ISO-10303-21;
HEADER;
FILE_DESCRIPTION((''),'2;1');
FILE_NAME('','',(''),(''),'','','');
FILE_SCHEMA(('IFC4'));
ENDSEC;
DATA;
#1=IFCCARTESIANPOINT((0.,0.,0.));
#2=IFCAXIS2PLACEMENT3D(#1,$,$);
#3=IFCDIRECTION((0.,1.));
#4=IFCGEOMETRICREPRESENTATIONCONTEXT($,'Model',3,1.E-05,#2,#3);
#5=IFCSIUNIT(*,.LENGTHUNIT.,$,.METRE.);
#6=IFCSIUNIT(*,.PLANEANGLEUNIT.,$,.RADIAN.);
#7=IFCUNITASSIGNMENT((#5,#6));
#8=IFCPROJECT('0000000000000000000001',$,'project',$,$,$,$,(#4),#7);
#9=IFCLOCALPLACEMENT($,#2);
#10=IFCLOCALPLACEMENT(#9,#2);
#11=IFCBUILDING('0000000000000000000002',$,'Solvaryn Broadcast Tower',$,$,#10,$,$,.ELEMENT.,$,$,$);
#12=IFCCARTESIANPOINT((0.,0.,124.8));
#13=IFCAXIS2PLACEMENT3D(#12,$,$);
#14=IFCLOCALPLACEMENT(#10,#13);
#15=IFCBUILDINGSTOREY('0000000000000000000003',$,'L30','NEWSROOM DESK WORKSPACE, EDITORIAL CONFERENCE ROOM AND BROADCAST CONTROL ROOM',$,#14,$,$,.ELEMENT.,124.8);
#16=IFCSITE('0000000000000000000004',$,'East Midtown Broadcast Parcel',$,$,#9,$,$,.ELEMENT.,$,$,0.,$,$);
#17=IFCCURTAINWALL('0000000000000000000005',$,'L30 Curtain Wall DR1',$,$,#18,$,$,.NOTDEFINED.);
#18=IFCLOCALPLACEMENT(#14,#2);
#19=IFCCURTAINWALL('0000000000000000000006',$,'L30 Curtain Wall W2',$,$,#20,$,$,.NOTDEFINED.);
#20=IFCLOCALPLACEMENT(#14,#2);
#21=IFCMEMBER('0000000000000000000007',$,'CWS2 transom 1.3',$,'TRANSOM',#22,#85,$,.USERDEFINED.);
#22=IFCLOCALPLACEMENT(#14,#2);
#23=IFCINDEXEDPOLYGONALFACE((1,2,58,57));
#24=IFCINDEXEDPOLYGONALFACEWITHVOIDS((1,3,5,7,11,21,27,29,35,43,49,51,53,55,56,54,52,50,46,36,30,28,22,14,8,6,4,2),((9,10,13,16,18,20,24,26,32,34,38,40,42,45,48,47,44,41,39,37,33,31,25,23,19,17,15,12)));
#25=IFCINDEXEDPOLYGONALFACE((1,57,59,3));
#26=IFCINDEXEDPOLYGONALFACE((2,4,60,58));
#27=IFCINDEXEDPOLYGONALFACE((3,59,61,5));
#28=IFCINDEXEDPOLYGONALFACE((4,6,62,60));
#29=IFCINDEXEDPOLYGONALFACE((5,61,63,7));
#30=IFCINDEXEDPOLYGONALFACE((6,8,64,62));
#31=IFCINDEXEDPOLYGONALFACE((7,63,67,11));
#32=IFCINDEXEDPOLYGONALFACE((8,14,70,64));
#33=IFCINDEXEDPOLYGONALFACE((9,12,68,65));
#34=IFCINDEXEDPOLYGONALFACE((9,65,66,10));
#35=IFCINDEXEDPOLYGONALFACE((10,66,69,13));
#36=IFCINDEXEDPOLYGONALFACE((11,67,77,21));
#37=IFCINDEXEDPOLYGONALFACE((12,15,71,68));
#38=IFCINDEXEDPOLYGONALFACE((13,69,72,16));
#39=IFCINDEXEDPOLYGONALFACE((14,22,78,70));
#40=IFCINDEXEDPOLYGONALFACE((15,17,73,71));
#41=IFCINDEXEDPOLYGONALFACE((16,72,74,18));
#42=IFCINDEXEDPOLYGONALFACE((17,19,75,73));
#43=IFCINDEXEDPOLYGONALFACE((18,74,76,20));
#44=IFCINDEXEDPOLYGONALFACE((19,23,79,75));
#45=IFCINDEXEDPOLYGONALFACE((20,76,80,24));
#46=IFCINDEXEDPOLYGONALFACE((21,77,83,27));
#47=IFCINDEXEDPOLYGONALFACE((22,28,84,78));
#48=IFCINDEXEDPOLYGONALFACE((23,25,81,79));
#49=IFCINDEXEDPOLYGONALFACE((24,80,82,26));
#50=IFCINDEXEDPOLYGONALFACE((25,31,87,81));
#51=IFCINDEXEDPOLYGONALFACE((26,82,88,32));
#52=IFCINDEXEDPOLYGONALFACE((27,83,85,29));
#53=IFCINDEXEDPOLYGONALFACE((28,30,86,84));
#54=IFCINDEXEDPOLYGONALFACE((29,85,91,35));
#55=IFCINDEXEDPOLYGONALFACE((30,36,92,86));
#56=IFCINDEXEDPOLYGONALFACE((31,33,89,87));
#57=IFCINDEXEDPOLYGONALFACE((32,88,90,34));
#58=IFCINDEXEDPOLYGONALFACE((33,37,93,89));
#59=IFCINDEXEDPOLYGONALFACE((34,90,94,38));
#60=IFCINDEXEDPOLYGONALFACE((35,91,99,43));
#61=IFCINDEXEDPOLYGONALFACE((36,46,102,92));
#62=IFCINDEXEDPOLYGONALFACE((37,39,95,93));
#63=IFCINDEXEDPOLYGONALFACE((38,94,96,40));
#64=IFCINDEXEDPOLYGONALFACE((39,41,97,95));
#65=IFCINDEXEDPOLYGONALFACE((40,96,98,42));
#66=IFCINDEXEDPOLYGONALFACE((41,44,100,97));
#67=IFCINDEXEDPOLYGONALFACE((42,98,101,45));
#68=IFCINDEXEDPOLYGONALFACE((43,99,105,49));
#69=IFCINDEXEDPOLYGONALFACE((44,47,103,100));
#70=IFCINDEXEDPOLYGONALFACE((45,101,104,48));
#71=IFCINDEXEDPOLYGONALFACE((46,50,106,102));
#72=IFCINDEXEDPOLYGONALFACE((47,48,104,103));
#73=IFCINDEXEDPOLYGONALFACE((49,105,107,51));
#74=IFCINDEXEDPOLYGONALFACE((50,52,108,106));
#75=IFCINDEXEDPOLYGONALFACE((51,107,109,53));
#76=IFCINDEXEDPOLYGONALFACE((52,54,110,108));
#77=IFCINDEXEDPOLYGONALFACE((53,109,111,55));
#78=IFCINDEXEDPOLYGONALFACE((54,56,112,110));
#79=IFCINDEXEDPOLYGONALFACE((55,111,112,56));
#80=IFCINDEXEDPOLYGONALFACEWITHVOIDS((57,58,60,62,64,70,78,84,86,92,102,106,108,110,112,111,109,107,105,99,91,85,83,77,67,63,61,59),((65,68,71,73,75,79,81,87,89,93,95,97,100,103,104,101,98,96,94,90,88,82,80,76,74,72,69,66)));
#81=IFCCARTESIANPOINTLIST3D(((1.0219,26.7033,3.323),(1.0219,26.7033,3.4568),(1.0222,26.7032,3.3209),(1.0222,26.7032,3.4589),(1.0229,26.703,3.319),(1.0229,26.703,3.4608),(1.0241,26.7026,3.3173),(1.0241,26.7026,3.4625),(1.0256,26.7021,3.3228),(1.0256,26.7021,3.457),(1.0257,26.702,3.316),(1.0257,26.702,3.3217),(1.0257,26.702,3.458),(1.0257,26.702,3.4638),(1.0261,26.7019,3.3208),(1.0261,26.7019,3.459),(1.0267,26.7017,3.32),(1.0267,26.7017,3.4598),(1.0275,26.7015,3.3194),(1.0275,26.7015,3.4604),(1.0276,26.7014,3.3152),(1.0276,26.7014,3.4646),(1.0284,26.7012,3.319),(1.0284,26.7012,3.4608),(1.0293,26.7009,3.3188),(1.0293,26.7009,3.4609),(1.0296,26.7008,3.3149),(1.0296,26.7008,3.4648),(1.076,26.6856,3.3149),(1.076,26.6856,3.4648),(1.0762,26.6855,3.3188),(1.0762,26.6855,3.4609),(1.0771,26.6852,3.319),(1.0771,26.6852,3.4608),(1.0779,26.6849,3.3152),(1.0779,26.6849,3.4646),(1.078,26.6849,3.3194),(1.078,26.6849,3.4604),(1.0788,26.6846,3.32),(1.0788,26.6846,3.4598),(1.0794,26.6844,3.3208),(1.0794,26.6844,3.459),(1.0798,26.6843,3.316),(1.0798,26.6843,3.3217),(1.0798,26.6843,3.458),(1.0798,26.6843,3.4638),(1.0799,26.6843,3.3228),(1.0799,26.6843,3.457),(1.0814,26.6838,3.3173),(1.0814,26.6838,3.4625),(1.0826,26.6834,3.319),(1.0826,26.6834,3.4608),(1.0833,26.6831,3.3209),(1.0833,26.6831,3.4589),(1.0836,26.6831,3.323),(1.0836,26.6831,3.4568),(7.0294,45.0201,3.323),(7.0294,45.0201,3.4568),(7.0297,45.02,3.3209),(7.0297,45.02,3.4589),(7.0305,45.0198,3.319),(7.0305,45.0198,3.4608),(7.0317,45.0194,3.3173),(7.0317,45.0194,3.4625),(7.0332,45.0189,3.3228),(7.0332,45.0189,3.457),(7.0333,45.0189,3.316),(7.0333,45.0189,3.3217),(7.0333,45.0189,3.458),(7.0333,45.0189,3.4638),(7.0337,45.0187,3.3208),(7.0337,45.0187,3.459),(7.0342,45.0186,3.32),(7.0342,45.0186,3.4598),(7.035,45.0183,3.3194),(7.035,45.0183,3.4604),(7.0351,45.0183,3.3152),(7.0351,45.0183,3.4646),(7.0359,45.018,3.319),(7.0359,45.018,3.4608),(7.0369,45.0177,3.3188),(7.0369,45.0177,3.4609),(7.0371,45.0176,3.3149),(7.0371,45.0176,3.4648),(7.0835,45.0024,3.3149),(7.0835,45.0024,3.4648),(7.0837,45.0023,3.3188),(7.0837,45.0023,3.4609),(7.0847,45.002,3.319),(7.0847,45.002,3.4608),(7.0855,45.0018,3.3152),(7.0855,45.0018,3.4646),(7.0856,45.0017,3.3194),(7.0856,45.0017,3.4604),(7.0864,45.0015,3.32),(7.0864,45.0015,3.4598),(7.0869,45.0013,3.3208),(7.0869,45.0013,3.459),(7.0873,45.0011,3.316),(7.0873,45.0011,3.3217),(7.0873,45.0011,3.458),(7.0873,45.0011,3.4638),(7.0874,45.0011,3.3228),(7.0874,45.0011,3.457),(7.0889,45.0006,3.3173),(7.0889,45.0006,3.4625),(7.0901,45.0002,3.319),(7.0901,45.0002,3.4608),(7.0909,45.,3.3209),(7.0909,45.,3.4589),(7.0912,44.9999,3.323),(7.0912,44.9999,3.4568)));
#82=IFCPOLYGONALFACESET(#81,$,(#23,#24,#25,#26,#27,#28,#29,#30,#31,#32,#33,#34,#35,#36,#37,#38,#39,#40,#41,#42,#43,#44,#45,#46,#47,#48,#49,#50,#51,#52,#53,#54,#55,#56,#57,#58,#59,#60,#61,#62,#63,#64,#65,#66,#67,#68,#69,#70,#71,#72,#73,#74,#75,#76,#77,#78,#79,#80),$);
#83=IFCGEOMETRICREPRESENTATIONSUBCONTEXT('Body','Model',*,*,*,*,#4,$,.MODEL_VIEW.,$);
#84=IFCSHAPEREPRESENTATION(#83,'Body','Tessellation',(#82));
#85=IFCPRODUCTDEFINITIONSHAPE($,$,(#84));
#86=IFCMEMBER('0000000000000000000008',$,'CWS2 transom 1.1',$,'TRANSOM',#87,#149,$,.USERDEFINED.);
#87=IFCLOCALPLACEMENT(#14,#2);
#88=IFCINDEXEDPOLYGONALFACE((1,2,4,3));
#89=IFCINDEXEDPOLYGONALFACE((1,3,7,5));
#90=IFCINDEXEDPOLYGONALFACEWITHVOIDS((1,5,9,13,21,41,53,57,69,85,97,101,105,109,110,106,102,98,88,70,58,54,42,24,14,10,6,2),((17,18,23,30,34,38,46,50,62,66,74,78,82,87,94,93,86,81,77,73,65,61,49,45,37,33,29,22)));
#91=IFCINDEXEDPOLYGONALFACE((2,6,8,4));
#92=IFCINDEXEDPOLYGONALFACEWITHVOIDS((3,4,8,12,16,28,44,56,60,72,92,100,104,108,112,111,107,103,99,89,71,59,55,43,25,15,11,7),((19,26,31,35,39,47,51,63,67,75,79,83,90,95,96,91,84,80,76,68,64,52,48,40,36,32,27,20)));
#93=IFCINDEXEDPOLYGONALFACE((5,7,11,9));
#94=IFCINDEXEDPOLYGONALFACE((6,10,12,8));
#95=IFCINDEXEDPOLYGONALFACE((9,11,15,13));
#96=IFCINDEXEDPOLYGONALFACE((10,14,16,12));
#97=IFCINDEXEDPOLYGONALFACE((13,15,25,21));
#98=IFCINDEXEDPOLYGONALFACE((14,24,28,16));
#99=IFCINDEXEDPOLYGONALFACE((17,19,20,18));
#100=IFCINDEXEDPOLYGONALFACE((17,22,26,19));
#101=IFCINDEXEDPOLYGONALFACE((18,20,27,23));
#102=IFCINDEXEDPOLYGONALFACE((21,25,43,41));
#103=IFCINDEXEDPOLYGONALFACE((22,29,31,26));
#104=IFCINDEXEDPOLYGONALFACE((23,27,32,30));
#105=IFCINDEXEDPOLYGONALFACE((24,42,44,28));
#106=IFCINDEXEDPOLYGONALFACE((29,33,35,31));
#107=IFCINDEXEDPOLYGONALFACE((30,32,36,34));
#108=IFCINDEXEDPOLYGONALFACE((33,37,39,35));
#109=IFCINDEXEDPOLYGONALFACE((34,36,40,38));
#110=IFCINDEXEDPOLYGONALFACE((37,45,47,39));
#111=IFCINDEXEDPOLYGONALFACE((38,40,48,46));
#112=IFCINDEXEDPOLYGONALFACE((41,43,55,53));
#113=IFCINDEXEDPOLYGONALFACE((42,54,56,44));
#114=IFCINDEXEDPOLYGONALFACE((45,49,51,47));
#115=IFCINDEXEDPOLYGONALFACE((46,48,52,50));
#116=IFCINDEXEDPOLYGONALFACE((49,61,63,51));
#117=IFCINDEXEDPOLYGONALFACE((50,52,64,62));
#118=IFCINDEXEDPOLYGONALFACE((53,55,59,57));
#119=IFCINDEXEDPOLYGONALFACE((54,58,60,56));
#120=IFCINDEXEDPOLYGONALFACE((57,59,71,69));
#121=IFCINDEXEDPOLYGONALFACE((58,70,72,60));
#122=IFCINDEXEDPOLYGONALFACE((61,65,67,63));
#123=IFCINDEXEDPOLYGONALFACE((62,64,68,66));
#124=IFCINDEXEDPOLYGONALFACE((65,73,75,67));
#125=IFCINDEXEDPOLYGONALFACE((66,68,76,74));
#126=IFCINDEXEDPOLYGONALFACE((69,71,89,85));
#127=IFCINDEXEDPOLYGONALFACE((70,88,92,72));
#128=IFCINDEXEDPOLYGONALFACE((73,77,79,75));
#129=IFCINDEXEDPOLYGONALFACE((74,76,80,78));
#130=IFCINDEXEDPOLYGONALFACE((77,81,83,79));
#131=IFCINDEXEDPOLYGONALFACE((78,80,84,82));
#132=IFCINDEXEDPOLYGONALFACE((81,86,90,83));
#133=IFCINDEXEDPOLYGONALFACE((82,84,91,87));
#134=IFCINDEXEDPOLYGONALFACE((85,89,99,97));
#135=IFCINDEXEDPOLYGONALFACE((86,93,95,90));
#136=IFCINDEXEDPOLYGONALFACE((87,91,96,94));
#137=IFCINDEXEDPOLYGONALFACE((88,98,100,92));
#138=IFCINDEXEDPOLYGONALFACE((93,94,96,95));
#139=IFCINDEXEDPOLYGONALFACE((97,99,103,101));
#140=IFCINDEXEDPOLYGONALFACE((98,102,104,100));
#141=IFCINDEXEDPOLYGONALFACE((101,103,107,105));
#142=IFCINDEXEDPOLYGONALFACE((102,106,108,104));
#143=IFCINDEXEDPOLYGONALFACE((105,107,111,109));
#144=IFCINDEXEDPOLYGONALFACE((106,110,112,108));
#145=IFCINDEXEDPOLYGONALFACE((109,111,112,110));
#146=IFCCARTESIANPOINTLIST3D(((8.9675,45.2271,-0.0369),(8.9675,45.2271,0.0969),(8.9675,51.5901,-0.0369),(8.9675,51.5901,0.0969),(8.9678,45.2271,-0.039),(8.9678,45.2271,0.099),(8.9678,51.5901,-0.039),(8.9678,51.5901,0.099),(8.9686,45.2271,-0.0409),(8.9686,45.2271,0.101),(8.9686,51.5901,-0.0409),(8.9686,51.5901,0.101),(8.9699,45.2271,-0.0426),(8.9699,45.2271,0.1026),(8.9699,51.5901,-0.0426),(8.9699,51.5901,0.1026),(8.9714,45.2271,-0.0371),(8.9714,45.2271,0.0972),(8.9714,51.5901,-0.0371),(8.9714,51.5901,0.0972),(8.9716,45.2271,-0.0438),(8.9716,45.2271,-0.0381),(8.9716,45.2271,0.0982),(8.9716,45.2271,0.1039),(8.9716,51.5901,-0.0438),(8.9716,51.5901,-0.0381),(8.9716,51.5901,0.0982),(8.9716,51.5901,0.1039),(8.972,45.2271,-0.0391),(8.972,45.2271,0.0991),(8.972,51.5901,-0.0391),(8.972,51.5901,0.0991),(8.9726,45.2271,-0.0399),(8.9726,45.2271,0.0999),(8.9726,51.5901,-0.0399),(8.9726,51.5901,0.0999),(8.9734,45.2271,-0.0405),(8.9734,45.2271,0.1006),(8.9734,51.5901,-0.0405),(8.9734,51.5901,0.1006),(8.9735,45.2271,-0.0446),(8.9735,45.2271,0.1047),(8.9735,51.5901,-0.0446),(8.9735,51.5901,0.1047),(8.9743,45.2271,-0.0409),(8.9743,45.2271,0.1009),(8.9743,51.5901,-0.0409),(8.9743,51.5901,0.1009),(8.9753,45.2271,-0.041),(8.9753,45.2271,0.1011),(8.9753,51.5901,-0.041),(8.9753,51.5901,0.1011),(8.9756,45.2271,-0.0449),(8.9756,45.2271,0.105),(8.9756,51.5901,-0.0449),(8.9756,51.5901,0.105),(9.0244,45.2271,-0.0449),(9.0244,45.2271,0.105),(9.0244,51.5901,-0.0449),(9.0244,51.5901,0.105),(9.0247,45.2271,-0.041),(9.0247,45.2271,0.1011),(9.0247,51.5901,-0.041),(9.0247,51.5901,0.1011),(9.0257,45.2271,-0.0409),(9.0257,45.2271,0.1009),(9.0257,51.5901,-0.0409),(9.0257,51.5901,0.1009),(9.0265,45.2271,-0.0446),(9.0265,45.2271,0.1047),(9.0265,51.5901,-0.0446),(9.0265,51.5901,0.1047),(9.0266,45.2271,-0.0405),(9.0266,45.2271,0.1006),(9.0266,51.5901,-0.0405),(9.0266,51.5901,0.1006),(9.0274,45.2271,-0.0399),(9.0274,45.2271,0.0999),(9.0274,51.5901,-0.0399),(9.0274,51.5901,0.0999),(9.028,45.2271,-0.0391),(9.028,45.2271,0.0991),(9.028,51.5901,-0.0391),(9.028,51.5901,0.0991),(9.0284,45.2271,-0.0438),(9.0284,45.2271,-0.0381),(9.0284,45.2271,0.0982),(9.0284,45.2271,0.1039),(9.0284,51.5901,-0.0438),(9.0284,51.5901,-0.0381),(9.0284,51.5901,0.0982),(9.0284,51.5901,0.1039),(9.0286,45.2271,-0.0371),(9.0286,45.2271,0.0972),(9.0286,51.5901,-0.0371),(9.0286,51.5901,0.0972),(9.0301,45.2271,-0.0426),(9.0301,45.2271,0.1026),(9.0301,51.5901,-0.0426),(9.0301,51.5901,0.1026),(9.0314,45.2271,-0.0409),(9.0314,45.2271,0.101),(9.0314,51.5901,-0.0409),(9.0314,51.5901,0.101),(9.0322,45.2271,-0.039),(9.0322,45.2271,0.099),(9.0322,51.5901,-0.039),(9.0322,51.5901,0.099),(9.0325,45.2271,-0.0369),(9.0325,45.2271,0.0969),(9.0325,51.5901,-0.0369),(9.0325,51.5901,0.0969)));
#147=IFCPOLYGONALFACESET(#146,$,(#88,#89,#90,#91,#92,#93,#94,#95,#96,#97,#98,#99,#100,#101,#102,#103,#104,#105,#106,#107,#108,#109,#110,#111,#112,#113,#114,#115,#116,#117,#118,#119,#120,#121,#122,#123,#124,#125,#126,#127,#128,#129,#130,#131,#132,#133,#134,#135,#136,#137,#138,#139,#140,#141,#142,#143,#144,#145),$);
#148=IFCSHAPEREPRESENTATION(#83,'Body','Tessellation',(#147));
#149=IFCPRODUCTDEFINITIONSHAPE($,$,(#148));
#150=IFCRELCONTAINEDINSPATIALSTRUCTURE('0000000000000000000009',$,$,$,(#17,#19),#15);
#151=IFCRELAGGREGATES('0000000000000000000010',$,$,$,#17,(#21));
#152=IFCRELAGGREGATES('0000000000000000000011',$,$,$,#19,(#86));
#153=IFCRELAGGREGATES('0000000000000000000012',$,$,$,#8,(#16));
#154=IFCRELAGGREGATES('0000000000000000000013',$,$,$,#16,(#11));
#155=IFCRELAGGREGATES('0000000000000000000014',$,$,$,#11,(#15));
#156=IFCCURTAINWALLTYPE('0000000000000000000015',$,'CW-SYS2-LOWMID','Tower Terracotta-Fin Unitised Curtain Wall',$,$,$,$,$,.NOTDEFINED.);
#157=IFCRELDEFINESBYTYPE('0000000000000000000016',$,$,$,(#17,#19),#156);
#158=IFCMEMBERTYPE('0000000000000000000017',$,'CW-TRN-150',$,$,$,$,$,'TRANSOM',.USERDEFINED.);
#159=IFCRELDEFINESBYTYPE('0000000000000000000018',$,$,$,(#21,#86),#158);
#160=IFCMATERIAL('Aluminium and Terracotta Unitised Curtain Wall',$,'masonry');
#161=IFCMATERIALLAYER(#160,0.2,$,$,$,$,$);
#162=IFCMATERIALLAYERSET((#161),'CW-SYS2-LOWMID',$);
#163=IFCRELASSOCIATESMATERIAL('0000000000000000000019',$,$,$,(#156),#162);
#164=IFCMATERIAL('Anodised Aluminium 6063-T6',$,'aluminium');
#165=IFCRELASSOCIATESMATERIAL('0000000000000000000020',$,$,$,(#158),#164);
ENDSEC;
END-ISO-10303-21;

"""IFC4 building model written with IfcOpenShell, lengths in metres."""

from ifc_helpers import new_model, si_unit, direction, frame, origin, origin_2d, place, context, subcontext, project, spatial, hollow_rectangle, extrude, material, layer, layer_set, material_profile, profile_set, type_object, element, aggregate, save


model = new_model("IFC4")

# Units and contexts
model_context = context("Model", 3, precision=1e-05, world=origin(), true_north=direction((0.0, 1.0)))
body_context = subcontext(model_context, "Body", "Model", "MODEL_VIEW")
ifc_project = project(units=[si_unit("LENGTHUNIT", "METRE"), si_unit("PLANEANGLEUNIT", "RADIAN")], contexts=[model_context])

# Site, building, storey
site_placement = place(None, origin())
site = spatial("IfcSite", under=ifc_project, at=site_placement, Name="East Midtown Broadcast Parcel", CompositionType="ELEMENT", RefElevation=0.0)
building_placement = place(site_placement, origin())
building = spatial("IfcBuilding", under=site, at=building_placement, Name="Solvaryn Broadcast Tower", CompositionType="ELEMENT")
storey_placement = place(building_placement, frame((0.0, 0.0, 124.8)))
storey = spatial("IfcBuildingStorey", under=building, at=storey_placement, Name="L30", Description="NEWSROOM DESK WORKSPACE, EDITORIAL CONFERENCE ROOM AND BROADCAST CONTROL ROOM", CompositionType="ELEMENT", Elevation=124.8)

# Curtain walls
ifc_material_1 = material(Name="Aluminium and Terracotta Unitised Curtain Wall", Category="masonry")
ifc_layer_1 = layer(ifc_material_1, 0.2)
ifc_layer_set_1 = layer_set([ifc_layer_1], Name="CW-SYS2-LOWMID")
curtain_wall_type = type_object("IfcCurtainWallType", Name="CW-SYS2-LOWMID", Description="Tower Terracotta-Fin Unitised Curtain Wall", PredefinedType="NOTDEFINED", material=ifc_layer_set_1)
curtain_wall_1_placement = place(storey_placement, origin())
curtain_wall_1 = element("IfcCurtainWall", 1, at=curtain_wall_1_placement, inside=storey, type_object=curtain_wall_type, Name="L30 Curtain Wall DR1", PredefinedType="NOTDEFINED")
curtain_wall_2_placement = place(storey_placement, origin())
curtain_wall_2 = element("IfcCurtainWall", 2, at=curtain_wall_2_placement, inside=storey, type_object=curtain_wall_type, Name="L30 Curtain Wall W2", PredefinedType="NOTDEFINED")

# Members
ifc_material_2 = material(Name="Anodised Aluminium 6063-T6", Category="aluminium")
ifc_material_profile_1 = material_profile(ifc_material_2, hollow_rectangle(XDim=0.0649, YDim=0.1499, WallThickness=0.0039, InnerFilletRadius=0.0039, OuterFilletRadius=0.0081, at=origin_2d()))
ifc_profile_set_1 = profile_set([ifc_material_profile_1], Name="Anodised Aluminium 6063-T6")
member_type_1 = type_object("IfcMemberType", Name="CW-TRN-150", ElementType="TRANSOM", PredefinedType="USERDEFINED", material=ifc_profile_set_1)
member_1_placement = place(storey_placement, frame((7.0603, 45.01, 3.3899), z_axis=(-0.311646, -0.950198, 0.0), x_axis=(0.950198, -0.311646, 0.0)))
member_1 = element("IfcMember", 3, at=member_1_placement, type_object=member_type_1, Name="CWS2 transom 1.3", ObjectType="TRANSOM", PredefinedType="USERDEFINED", context=body_context, shape_type="SweptSolid", body=[
    extrude(hollow_rectangle(XDim=0.0649, YDim=0.1499, WallThickness=0.0039, InnerFilletRadius=0.0039, OuterFilletRadius=0.0081, at=origin_2d()), origin(), (0.0, 0.0, 1.0), 19.2769),
])
aggregate(curtain_wall_1, [member_1])
member_2_placement = place(storey_placement, frame((9.0, 45.2271, 0.03), z_axis=(0.0, 1.0, 0.0), x_axis=(-1.0, 0.0, 0.0)))
member_2 = element("IfcMember", 4, at=member_2_placement, type_object=member_type_1, Name="CWS2 transom 1.1", ObjectType="TRANSOM", PredefinedType="USERDEFINED", context=body_context, shape_type="SweptSolid", body=[
    extrude(hollow_rectangle(XDim=0.0649, YDim=0.1499, WallThickness=0.0039, InnerFilletRadius=0.0039, OuterFilletRadius=0.0081, at=origin_2d()), origin(), (0.0, 0.0, 1.0), 6.363),
])
aggregate(curtain_wall_2, [member_2])

save(model, "model.ifc")
